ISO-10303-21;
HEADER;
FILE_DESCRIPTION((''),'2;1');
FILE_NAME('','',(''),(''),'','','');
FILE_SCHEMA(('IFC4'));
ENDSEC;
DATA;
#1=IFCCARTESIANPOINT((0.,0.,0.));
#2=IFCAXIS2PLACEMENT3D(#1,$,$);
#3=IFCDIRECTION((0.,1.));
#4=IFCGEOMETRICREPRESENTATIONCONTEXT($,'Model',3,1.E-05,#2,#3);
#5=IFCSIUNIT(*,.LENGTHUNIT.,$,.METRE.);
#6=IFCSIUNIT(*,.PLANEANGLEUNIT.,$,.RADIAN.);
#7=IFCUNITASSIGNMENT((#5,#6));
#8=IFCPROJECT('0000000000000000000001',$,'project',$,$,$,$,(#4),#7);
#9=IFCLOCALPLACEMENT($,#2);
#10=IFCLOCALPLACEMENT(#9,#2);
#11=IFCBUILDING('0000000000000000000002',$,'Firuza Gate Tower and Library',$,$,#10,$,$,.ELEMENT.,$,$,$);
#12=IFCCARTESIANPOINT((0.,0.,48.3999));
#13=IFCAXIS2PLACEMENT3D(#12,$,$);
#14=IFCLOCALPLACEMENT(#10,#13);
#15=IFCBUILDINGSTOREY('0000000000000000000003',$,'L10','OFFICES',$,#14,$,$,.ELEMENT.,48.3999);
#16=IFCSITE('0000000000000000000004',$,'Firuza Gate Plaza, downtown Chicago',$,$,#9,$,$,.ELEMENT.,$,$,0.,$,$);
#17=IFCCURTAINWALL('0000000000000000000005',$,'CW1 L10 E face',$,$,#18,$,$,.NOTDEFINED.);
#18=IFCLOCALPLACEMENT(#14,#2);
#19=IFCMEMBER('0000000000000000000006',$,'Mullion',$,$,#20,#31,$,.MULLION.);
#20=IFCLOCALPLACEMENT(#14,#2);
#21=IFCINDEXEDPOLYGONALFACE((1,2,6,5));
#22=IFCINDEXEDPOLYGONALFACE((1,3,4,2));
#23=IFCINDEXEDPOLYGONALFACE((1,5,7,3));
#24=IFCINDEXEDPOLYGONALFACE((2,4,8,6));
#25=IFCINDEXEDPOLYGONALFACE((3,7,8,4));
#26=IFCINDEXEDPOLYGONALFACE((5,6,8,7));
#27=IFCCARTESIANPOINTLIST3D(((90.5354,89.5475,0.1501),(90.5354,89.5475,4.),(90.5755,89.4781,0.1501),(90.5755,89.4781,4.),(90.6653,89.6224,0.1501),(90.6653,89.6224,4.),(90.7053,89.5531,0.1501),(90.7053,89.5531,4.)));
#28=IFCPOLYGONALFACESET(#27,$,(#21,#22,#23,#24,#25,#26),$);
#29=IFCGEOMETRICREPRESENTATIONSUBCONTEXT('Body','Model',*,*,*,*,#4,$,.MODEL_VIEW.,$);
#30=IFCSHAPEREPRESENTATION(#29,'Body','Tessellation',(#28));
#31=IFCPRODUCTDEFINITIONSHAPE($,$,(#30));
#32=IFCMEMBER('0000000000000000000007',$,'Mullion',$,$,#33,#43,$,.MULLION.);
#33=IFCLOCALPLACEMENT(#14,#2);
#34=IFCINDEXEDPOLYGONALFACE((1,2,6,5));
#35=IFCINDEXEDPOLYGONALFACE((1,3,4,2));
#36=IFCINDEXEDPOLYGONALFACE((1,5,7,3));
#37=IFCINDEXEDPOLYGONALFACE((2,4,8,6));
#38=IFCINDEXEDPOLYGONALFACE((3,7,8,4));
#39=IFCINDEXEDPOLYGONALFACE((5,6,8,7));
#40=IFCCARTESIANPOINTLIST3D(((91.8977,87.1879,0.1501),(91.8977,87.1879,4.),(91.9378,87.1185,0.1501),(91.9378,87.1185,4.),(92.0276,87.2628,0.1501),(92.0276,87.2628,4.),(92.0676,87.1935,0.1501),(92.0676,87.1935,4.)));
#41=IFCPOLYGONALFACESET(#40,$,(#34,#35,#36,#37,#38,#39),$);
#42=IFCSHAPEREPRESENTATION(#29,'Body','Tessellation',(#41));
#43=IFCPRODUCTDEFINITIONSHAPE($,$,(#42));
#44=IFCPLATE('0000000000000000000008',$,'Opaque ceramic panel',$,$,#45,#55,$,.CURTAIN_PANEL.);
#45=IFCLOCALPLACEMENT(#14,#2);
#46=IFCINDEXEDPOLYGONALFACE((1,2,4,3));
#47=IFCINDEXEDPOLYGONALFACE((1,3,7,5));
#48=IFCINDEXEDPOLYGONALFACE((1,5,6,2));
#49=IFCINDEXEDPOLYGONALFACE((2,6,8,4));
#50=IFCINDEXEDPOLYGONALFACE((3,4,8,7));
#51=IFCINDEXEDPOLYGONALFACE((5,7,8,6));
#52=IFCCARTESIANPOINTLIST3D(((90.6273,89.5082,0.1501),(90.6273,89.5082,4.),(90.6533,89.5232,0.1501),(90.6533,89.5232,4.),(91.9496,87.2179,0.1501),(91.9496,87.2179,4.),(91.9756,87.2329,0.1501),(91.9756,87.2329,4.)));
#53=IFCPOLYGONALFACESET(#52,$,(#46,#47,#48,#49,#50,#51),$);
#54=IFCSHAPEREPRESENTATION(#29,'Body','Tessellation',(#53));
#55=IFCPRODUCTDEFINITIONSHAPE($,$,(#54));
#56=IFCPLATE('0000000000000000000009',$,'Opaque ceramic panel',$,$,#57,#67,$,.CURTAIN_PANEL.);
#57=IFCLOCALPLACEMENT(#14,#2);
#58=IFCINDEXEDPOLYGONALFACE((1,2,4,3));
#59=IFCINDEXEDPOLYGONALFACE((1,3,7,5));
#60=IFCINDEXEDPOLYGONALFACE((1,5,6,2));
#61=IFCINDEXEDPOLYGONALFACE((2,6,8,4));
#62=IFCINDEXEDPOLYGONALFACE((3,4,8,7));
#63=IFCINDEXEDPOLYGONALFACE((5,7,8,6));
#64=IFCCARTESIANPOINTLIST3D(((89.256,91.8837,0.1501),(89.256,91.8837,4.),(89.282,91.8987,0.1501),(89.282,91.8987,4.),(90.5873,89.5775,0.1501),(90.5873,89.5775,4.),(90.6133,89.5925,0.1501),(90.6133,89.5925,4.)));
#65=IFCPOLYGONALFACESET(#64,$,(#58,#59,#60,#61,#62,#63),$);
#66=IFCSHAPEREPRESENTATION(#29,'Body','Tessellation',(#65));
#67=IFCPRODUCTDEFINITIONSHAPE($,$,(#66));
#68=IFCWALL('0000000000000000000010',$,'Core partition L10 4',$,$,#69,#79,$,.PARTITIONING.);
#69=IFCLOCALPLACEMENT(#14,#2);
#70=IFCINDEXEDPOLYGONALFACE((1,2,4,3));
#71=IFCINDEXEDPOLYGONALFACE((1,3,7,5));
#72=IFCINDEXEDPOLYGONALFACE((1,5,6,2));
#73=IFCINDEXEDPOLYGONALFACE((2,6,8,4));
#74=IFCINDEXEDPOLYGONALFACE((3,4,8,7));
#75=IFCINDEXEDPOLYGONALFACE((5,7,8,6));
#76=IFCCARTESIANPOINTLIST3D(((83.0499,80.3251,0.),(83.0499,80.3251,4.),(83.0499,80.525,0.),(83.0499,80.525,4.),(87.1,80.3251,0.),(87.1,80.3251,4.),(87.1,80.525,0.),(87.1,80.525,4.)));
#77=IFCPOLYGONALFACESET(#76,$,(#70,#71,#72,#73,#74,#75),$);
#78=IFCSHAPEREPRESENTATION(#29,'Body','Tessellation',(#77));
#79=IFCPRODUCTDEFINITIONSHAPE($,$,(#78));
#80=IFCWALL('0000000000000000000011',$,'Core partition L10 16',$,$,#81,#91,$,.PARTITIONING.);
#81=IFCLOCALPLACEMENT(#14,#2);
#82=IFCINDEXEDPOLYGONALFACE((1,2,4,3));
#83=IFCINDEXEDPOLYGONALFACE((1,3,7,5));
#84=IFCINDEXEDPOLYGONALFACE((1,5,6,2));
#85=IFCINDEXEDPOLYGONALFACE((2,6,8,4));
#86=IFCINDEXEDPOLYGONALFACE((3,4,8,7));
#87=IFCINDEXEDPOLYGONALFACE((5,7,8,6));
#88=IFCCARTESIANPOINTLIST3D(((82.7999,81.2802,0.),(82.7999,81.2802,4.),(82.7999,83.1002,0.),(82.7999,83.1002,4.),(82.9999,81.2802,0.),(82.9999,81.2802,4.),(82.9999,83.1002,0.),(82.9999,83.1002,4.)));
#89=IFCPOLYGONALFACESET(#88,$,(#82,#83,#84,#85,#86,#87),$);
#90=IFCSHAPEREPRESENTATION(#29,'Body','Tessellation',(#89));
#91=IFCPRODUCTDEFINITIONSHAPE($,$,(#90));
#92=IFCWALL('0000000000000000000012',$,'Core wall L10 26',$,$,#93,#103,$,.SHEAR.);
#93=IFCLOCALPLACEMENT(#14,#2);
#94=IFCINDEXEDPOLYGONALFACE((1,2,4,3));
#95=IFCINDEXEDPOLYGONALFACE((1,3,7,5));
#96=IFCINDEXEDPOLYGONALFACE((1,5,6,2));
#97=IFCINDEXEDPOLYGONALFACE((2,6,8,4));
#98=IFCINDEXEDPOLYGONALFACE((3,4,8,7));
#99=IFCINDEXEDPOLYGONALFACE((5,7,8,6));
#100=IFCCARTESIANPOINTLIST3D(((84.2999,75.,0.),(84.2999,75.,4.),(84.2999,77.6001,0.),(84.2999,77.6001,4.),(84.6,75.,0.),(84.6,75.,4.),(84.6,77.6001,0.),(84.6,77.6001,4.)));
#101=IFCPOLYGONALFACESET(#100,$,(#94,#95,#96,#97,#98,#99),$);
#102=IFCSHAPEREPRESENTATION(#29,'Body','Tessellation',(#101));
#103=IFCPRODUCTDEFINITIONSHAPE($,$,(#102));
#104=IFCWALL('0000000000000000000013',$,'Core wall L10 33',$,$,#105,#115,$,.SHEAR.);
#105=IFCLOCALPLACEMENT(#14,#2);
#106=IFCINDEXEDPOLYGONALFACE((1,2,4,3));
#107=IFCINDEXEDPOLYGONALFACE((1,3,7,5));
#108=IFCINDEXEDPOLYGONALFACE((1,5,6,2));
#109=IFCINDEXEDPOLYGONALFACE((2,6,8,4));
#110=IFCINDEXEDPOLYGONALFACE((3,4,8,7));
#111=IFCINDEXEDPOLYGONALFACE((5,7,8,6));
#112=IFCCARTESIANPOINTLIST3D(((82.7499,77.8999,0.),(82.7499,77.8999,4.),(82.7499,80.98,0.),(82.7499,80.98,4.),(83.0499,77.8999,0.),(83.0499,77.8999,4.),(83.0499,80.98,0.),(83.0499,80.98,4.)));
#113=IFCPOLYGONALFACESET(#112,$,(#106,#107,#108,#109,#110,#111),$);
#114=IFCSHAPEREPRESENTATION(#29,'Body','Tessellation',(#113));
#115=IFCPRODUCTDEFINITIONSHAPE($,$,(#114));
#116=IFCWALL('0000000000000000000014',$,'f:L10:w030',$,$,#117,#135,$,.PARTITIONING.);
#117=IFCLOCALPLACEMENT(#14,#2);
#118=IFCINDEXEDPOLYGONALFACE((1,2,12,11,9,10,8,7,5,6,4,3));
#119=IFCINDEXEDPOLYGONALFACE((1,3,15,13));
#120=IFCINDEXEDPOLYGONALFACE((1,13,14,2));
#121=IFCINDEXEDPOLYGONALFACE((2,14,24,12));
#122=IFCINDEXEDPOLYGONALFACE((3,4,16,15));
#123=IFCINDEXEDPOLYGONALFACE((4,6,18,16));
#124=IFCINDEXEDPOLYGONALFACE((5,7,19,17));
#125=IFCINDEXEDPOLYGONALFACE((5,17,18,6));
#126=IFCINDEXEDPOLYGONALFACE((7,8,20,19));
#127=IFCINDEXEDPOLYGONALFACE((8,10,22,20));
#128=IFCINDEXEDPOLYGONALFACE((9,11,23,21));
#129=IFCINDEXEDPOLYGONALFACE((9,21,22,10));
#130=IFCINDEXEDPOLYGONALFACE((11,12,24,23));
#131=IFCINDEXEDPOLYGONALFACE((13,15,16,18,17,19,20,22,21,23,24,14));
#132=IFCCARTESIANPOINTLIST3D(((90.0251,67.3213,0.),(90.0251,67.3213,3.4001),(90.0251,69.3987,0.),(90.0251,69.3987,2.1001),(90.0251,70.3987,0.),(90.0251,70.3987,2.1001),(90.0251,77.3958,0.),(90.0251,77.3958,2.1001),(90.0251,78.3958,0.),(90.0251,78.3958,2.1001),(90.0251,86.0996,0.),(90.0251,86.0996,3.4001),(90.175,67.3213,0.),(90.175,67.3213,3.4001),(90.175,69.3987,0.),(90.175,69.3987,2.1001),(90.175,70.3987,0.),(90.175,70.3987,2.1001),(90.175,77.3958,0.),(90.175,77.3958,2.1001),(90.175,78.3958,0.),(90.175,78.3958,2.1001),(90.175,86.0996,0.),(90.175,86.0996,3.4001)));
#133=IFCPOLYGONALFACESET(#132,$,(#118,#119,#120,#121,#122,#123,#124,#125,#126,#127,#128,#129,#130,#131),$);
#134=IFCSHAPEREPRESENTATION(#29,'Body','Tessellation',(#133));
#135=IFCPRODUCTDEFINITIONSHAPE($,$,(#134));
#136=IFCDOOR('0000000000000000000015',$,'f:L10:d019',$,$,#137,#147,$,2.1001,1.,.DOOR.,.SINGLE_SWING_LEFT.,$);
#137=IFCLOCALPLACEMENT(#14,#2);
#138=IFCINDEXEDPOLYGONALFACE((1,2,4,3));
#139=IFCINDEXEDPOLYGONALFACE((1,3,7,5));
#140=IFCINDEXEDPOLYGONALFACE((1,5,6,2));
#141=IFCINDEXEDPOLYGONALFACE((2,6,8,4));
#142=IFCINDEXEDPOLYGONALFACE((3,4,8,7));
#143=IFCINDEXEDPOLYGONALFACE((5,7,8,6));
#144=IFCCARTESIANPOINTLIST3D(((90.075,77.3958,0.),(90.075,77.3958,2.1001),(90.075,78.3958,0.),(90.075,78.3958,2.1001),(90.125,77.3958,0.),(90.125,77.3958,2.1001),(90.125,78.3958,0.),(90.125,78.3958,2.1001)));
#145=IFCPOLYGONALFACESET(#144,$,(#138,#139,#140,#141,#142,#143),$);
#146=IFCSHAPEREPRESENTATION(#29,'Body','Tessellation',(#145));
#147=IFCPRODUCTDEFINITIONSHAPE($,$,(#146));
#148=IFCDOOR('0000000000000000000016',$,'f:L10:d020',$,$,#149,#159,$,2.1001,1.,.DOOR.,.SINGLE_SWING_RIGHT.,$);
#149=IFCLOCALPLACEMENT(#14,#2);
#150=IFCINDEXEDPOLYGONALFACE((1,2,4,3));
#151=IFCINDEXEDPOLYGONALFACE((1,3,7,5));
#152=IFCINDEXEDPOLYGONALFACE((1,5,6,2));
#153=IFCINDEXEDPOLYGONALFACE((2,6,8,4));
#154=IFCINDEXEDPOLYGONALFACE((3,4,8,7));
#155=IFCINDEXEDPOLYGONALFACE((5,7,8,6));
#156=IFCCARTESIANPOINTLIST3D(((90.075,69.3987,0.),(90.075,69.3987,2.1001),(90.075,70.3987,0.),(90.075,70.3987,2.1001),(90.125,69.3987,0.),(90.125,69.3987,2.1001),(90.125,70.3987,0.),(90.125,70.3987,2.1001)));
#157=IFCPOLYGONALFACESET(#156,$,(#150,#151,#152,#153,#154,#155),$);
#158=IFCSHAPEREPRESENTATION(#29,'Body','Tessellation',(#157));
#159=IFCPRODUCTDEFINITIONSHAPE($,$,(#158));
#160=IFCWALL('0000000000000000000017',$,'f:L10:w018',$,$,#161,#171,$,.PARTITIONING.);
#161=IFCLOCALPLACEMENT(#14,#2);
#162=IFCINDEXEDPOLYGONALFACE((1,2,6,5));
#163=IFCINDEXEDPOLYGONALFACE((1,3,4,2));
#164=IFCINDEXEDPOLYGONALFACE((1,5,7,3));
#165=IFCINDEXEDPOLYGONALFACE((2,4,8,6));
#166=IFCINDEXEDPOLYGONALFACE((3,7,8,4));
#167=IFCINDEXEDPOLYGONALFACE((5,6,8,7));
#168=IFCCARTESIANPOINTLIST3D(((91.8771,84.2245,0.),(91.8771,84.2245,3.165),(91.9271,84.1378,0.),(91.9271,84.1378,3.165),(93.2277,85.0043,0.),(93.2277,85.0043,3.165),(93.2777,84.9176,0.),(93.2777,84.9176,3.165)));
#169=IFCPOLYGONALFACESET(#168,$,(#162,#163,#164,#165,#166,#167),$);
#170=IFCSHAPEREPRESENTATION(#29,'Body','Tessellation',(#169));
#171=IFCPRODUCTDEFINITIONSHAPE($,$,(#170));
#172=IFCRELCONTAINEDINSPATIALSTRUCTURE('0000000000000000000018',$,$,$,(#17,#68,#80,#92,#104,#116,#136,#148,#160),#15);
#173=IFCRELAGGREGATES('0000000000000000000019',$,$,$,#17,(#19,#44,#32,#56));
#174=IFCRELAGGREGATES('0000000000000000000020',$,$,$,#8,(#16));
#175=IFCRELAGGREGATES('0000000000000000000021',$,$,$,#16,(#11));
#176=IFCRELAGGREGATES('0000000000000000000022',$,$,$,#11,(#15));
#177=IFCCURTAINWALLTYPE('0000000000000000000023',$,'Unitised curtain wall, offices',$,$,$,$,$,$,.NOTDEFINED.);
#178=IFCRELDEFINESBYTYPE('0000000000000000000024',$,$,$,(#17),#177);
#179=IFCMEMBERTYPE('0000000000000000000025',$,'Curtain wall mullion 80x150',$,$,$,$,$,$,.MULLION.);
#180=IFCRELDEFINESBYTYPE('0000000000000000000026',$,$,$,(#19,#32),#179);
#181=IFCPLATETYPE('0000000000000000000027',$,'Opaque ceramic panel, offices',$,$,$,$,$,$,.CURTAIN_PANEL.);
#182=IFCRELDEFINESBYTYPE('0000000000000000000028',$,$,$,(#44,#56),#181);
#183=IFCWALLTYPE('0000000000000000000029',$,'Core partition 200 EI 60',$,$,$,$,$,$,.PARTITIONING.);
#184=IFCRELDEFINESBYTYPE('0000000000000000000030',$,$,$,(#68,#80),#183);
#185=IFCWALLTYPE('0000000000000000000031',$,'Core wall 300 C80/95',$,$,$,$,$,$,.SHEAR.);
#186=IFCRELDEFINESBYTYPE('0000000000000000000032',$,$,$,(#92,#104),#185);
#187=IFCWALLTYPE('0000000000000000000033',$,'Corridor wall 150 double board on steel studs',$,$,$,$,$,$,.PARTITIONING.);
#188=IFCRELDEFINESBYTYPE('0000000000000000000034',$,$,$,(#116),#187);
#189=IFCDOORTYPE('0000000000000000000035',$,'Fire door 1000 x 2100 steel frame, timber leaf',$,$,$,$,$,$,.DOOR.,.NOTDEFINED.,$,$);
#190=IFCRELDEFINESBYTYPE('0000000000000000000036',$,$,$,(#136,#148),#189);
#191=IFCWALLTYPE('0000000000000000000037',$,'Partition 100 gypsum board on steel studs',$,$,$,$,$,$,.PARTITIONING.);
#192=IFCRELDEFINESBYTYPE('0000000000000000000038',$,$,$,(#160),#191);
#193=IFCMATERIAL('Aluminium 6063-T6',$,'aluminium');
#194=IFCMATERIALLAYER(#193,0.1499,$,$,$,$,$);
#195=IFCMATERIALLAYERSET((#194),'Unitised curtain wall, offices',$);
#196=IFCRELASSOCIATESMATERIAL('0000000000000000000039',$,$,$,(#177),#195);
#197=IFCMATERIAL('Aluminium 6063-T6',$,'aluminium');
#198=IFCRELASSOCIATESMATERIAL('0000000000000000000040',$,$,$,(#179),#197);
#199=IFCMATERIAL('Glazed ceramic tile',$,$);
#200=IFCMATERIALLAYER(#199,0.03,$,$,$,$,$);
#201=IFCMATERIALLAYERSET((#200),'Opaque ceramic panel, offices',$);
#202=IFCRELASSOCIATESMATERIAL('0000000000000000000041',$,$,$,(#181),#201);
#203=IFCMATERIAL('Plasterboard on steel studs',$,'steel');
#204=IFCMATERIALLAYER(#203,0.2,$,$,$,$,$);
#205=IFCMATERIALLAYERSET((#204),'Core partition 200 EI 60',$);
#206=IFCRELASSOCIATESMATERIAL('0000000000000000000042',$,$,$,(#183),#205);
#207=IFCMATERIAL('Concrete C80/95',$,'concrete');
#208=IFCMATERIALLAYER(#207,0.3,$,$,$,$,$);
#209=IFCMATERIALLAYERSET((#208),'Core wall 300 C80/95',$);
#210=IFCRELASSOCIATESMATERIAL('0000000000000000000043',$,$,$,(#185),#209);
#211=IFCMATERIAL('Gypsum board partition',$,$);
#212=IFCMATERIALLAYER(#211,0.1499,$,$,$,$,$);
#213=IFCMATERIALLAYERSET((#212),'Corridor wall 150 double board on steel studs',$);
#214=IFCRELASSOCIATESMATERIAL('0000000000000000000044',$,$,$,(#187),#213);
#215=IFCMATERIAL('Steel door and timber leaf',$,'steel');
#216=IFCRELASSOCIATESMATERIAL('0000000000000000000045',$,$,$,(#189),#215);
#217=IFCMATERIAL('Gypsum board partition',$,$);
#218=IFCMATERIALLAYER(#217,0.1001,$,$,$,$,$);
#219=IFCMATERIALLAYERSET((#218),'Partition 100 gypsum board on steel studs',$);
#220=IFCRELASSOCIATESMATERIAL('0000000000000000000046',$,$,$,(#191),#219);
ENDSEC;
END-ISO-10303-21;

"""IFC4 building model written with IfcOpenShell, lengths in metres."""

from ifc_helpers import new_model, si_unit, direction, frame, frame_2d, origin, origin_2d, place, context, subcontext, project, spatial, polyline, rectangle, outline, extrude, material, layer, layer_set, material_profile, profile_set, type_object, element, fill, aggregate, save


model = new_model("IFC4")

# Units and contexts
model_context = context("Model", 3, precision=1e-05, world=origin(), true_north=direction((0.0, 1.0)))
body_context = subcontext(model_context, "Body", "Model", "MODEL_VIEW")
ifc_project = project(units=[si_unit("LENGTHUNIT", "METRE"), si_unit("PLANEANGLEUNIT", "RADIAN")], contexts=[model_context])

# Site, building, storey
site_placement = place(None, origin())
site = spatial("IfcSite", under=ifc_project, at=site_placement, Name="Firuza Gate Plaza, downtown Chicago", CompositionType="ELEMENT", RefElevation=0.0)
building_placement = place(site_placement, origin())
building = spatial("IfcBuilding", under=site, at=building_placement, Name="Firuza Gate Tower and Library", CompositionType="ELEMENT")
storey_placement = place(building_placement, frame((0.0, 0.0, 48.3999)))
storey = spatial("IfcBuildingStorey", under=building, at=storey_placement, Name="L10", Description="OFFICES", CompositionType="ELEMENT", Elevation=48.3999)

# Curtain wall, members, plates
ifc_material_1 = material(Name="Aluminium 6063-T6", Category="aluminium")
ifc_layer_1 = layer(ifc_material_1, 0.1499)
ifc_layer_set_1 = layer_set([ifc_layer_1], Name="Unitised curtain wall, offices")
curtain_wall_type = type_object("IfcCurtainWallType", Name="Unitised curtain wall, offices", PredefinedType="NOTDEFINED", material=ifc_layer_set_1)
curtain_wall_placement = place(storey_placement, origin())
curtain_wall = element("IfcCurtainWall", 1, at=curtain_wall_placement, inside=storey, type_object=curtain_wall_type, Name="CW1 L10 E face", PredefinedType="NOTDEFINED")
ifc_material_2 = material(Name="Aluminium 6063-T6", Category="aluminium")
ifc_material_profile = material_profile(ifc_material_2, rectangle(XDim=0.1499, YDim=0.0801, at=origin_2d()))
ifc_profile_set = profile_set([ifc_material_profile], Name="Aluminium 6063-T6")
member_type = type_object("IfcMemberType", Name="Curtain wall mullion 80x150", PredefinedType="MULLION", material=ifc_profile_set)
member_1_placement = place(storey_placement, frame((90.6204, 89.5503, 0.1501), z_axis=(0.0, 0.0, 1.0), x_axis=(-0.866025, -0.5, 0.0)))
member_1 = element("IfcMember", 2, at=member_1_placement, type_object=member_type, Name="Mullion", PredefinedType="MULLION", context=body_context, shape_type="SweptSolid", body=[
    extrude(rectangle(XDim=0.1499, YDim=0.0801, at=origin_2d()), origin(), (0.0, 0.0, 1.0), 3.8499),
])
member_2_placement = place(storey_placement, frame((91.9827, 87.1907, 0.1501), z_axis=(0.0, 0.0, 1.0), x_axis=(-0.866025, -0.5, 0.0)))
member_2 = element("IfcMember", 3, at=member_2_placement, type_object=member_type, Name="Mullion", PredefinedType="MULLION", context=body_context, shape_type="SweptSolid", body=[
    extrude(rectangle(XDim=0.1499, YDim=0.0801, at=origin_2d()), origin(), (0.0, 0.0, 1.0), 3.8499),
])
ifc_material_3 = material(Name="Glazed ceramic tile")
ifc_layer_2 = layer(ifc_material_3, 0.03)
ifc_layer_set_2 = layer_set([ifc_layer_2], Name="Opaque ceramic panel, offices")
plate_type = type_object("IfcPlateType", Name="Opaque ceramic panel, offices", PredefinedType="CURTAIN_PANEL", material=ifc_layer_set_2)
plate_1_placement = place(storey_placement, frame((91.9756, 87.2329, 0.1501), z_axis=(0.86603, 0.499991, 0.0), x_axis=(-0.499991, 0.86603, 0.0)))
plate_1 = element("IfcPlate", 4, at=plate_1_placement, type_object=plate_type, Name="Opaque ceramic panel", PredefinedType="CURTAIN_PANEL", context=body_context, shape_type="SweptSolid", body=[
    extrude(outline(polyline([(0.0, 0.0), (2.6446, 0.0), (2.6446, 3.8499), (0.0, 3.8499), (0.0, 0.0)])), origin(), (0.0, 0.0, -1.0), 0.03),
])
plate_2_placement = place(storey_placement, frame((90.6133, 89.5925, 0.1501), z_axis=(0.866051, 0.499955, 0.0), x_axis=(-0.499955, 0.866051, 0.0)))
plate_2 = element("IfcPlate", 5, at=plate_2_placement, type_object=plate_type, Name="Opaque ceramic panel", PredefinedType="CURTAIN_PANEL", context=body_context, shape_type="SweptSolid", body=[
    extrude(outline(polyline([(0.0, 0.0), (2.6628, 0.0), (2.6628, 3.8499), (0.0, 3.8499), (0.0, 0.0)])), origin(), (0.0, 0.0, -1.0), 0.03),
])
aggregate(curtain_wall, [member_1, plate_1, member_2, plate_2])

# Walls
ifc_material_4 = material(Name="Plasterboard on steel studs", Category="steel")
ifc_layer_3 = layer(ifc_material_4, 0.2)
ifc_layer_set_3 = layer_set([ifc_layer_3], Name="Core partition 200 EI 60")
wall_type_1 = type_object("IfcWallType", Name="Core partition 200 EI 60", PredefinedType="PARTITIONING", material=ifc_layer_set_3)
wall_1_placement = place(storey_placement, frame((83.05, 80.425, 0.0), z_axis=(0.0, 0.0, 1.0), x_axis=(1.0, 0.0, 0.0)))
element("IfcWall", 6, at=wall_1_placement, inside=storey, type_object=wall_type_1, Name="Core partition L10 4", PredefinedType="PARTITIONING", context=body_context, shape_type="SweptSolid", body=[
    extrude(rectangle(XDim=4.05, YDim=0.2, at=frame_2d((2.0249, 0.0))), origin(), (0.0, 0.0, 1.0), 4.0),
])
wall_2_placement = place(storey_placement, frame((82.8999, 81.28, 0.0), z_axis=(0.0, 0.0, 1.0), x_axis=(0.0, 1.0, 0.0)))
element("IfcWall", 7, at=wall_2_placement, inside=storey, type_object=wall_type_1, Name="Core partition L10 16", PredefinedType="PARTITIONING", context=body_context, shape_type="SweptSolid", body=[
    extrude(rectangle(XDim=1.8201, YDim=0.2, at=frame_2d((0.9102, 0.0))), origin(), (0.0, 0.0, 1.0), 4.0),
])
ifc_material_5 = material(Name="Concrete C80/95", Category="concrete")
ifc_layer_4 = layer(ifc_material_5, 0.3)
ifc_layer_set_4 = layer_set([ifc_layer_4], Name="Core wall 300 C80/95")
wall_type_2 = type_object("IfcWallType", Name="Core wall 300 C80/95", PredefinedType="SHEAR", material=ifc_layer_set_4)
wall_3_placement = place(storey_placement, frame((84.45, 75.0, 0.0), z_axis=(0.0, 0.0, 1.0), x_axis=(0.0, 1.0, 0.0)))
element("IfcWall", 8, at=wall_3_placement, inside=storey, type_object=wall_type_2, Name="Core wall L10 26", PredefinedType="SHEAR", context=body_context, shape_type="SweptSolid", body=[
    extrude(rectangle(XDim=2.6001, YDim=0.3, at=frame_2d((1.3, 0.0))), origin(), (0.0, 0.0, 1.0), 4.0),
])
wall_4_placement = place(storey_placement, frame((82.8999, 77.8999, 0.0), z_axis=(0.0, 0.0, 1.0), x_axis=(0.0, 1.0, 0.0)))
element("IfcWall", 9, at=wall_4_placement, inside=storey, type_object=wall_type_2, Name="Core wall L10 33", PredefinedType="SHEAR", context=body_context, shape_type="SweptSolid", body=[
    extrude(rectangle(XDim=3.0801, YDim=0.3, at=frame_2d((1.54, 0.0))), origin(), (0.0, 0.0, 1.0), 4.0),
])

# Wall, openings, doors
ifc_material_6 = material(Name="Gypsum board partition")
ifc_layer_5 = layer(ifc_material_6, 0.1499)
ifc_layer_set_5 = layer_set([ifc_layer_5], Name="Corridor wall 150 double board on steel studs")
wall_type_3 = type_object("IfcWallType", Name="Corridor wall 150 double board on steel studs", PredefinedType="PARTITIONING", material=ifc_layer_set_5)
wall_5_placement = place(storey_placement, frame((90.1001, 86.0996, 0.0), z_axis=(0.0, 0.0, 1.0), x_axis=(0.0, -1.0, 0.0)))
wall_5 = element("IfcWall", 10, at=wall_5_placement, inside=storey, type_object=wall_type_3, Name="f:L10:w030", PredefinedType="PARTITIONING", context=body_context, shape_type="SweptSolid", body=[
    extrude(rectangle(XDim=18.7783, YDim=0.1499, at=frame_2d((9.3892, 0.0))), origin(), (0.0, 0.0, 1.0), 3.4001),
])
opening_1_placement = place(wall_5_placement, frame((7.7039, 0.0, 0.0)))
opening_1 = element("IfcOpeningElement", 11, at=opening_1_placement, cuts=wall_5, PredefinedType="OPENING", context=body_context, shape_type="SweptSolid", body=[
    extrude(rectangle(XDim=1.0, YDim=2.1001, at=frame_2d((0.5, 1.05))), frame((0.0, 0.085, 0.0), z_axis=(0.0, -1.0, 0.0), x_axis=(1.0, 0.0, 0.0)), (0.0, 0.0, 1.0), 0.1699),
])
opening_2_placement = place(wall_5_placement, frame((15.7009, 0.0, 0.0)))
opening_2 = element("IfcOpeningElement", 12, at=opening_2_placement, cuts=wall_5, PredefinedType="OPENING", context=body_context, shape_type="SweptSolid", body=[
    extrude(rectangle(XDim=1.0, YDim=2.1001, at=frame_2d((0.5, 1.05))), frame((0.0, 0.085, 0.0), z_axis=(0.0, -1.0, 0.0), x_axis=(1.0, 0.0, 0.0)), (0.0, 0.0, 1.0), 0.1699),
])
ifc_material_7 = material(Name="Steel door and timber leaf", Category="steel")
door_type_1 = type_object("IfcDoorType", Name="Fire door 1000 x 2100 steel frame, timber leaf", OperationType="NOTDEFINED", PredefinedType="DOOR", material=ifc_material_7)
door_1_placement = place(opening_1_placement, origin())
door_1 = element("IfcDoor", 13, at=door_1_placement, inside=storey, type_object=door_type_1, Name="f:L10:d019", OperationType="SINGLE_SWING_LEFT", OverallHeight=2.1001, OverallWidth=1.0, PredefinedType="DOOR", context=body_context, shape_type="SweptSolid", body=[
    extrude(rectangle(XDim=1.0, YDim=2.1001, at=frame_2d((0.5, 1.05))), frame((0.0, 0.0249, 0.0), z_axis=(0.0, -1.0, 0.0), x_axis=(1.0, 0.0, 0.0)), (0.0, 0.0, 1.0), 0.05),
])
fill(opening_1, door_1)
door_2_placement = place(opening_2_placement, origin())
door_2 = element("IfcDoor", 14, at=door_2_placement, inside=storey, type_object=door_type_1, Name="f:L10:d020", OperationType="SINGLE_SWING_RIGHT", OverallHeight=2.1001, OverallWidth=1.0, PredefinedType="DOOR", context=body_context, shape_type="SweptSolid", body=[
    extrude(rectangle(XDim=1.0, YDim=2.1001, at=frame_2d((0.5, 1.05))), frame((0.0, 0.0249, 0.0), z_axis=(0.0, -1.0, 0.0), x_axis=(1.0, 0.0, 0.0)), (0.0, 0.0, 1.0), 0.05),
])
fill(opening_2, door_2)

# Wall
ifc_material_8 = material(Name="Gypsum board partition")
ifc_layer_6 = layer(ifc_material_8, 0.1001)
ifc_layer_set_6 = layer_set([ifc_layer_6], Name="Partition 100 gypsum board on steel studs")
wall_type_4 = type_object("IfcWallType", Name="Partition 100 gypsum board on steel studs", PredefinedType="PARTITIONING", material=ifc_layer_set_6)
wall_6_placement = place(storey_placement, frame((91.9021, 84.1812, 0.0), z_axis=(0.0, 0.0, 1.0), x_axis=(0.866019, 0.500012, 0.0)))
element("IfcWall", 15, at=wall_6_placement, inside=storey, type_object=wall_type_4, Name="f:L10:w018", PredefinedType="PARTITIONING", context=body_context, shape_type="SweptSolid", body=[
    extrude(rectangle(XDim=1.5596, YDim=0.1001, at=frame_2d((0.7798, 0.0))), origin(), (0.0, 0.0, 1.0), 3.165),
])

save(model, "model.ifc")
